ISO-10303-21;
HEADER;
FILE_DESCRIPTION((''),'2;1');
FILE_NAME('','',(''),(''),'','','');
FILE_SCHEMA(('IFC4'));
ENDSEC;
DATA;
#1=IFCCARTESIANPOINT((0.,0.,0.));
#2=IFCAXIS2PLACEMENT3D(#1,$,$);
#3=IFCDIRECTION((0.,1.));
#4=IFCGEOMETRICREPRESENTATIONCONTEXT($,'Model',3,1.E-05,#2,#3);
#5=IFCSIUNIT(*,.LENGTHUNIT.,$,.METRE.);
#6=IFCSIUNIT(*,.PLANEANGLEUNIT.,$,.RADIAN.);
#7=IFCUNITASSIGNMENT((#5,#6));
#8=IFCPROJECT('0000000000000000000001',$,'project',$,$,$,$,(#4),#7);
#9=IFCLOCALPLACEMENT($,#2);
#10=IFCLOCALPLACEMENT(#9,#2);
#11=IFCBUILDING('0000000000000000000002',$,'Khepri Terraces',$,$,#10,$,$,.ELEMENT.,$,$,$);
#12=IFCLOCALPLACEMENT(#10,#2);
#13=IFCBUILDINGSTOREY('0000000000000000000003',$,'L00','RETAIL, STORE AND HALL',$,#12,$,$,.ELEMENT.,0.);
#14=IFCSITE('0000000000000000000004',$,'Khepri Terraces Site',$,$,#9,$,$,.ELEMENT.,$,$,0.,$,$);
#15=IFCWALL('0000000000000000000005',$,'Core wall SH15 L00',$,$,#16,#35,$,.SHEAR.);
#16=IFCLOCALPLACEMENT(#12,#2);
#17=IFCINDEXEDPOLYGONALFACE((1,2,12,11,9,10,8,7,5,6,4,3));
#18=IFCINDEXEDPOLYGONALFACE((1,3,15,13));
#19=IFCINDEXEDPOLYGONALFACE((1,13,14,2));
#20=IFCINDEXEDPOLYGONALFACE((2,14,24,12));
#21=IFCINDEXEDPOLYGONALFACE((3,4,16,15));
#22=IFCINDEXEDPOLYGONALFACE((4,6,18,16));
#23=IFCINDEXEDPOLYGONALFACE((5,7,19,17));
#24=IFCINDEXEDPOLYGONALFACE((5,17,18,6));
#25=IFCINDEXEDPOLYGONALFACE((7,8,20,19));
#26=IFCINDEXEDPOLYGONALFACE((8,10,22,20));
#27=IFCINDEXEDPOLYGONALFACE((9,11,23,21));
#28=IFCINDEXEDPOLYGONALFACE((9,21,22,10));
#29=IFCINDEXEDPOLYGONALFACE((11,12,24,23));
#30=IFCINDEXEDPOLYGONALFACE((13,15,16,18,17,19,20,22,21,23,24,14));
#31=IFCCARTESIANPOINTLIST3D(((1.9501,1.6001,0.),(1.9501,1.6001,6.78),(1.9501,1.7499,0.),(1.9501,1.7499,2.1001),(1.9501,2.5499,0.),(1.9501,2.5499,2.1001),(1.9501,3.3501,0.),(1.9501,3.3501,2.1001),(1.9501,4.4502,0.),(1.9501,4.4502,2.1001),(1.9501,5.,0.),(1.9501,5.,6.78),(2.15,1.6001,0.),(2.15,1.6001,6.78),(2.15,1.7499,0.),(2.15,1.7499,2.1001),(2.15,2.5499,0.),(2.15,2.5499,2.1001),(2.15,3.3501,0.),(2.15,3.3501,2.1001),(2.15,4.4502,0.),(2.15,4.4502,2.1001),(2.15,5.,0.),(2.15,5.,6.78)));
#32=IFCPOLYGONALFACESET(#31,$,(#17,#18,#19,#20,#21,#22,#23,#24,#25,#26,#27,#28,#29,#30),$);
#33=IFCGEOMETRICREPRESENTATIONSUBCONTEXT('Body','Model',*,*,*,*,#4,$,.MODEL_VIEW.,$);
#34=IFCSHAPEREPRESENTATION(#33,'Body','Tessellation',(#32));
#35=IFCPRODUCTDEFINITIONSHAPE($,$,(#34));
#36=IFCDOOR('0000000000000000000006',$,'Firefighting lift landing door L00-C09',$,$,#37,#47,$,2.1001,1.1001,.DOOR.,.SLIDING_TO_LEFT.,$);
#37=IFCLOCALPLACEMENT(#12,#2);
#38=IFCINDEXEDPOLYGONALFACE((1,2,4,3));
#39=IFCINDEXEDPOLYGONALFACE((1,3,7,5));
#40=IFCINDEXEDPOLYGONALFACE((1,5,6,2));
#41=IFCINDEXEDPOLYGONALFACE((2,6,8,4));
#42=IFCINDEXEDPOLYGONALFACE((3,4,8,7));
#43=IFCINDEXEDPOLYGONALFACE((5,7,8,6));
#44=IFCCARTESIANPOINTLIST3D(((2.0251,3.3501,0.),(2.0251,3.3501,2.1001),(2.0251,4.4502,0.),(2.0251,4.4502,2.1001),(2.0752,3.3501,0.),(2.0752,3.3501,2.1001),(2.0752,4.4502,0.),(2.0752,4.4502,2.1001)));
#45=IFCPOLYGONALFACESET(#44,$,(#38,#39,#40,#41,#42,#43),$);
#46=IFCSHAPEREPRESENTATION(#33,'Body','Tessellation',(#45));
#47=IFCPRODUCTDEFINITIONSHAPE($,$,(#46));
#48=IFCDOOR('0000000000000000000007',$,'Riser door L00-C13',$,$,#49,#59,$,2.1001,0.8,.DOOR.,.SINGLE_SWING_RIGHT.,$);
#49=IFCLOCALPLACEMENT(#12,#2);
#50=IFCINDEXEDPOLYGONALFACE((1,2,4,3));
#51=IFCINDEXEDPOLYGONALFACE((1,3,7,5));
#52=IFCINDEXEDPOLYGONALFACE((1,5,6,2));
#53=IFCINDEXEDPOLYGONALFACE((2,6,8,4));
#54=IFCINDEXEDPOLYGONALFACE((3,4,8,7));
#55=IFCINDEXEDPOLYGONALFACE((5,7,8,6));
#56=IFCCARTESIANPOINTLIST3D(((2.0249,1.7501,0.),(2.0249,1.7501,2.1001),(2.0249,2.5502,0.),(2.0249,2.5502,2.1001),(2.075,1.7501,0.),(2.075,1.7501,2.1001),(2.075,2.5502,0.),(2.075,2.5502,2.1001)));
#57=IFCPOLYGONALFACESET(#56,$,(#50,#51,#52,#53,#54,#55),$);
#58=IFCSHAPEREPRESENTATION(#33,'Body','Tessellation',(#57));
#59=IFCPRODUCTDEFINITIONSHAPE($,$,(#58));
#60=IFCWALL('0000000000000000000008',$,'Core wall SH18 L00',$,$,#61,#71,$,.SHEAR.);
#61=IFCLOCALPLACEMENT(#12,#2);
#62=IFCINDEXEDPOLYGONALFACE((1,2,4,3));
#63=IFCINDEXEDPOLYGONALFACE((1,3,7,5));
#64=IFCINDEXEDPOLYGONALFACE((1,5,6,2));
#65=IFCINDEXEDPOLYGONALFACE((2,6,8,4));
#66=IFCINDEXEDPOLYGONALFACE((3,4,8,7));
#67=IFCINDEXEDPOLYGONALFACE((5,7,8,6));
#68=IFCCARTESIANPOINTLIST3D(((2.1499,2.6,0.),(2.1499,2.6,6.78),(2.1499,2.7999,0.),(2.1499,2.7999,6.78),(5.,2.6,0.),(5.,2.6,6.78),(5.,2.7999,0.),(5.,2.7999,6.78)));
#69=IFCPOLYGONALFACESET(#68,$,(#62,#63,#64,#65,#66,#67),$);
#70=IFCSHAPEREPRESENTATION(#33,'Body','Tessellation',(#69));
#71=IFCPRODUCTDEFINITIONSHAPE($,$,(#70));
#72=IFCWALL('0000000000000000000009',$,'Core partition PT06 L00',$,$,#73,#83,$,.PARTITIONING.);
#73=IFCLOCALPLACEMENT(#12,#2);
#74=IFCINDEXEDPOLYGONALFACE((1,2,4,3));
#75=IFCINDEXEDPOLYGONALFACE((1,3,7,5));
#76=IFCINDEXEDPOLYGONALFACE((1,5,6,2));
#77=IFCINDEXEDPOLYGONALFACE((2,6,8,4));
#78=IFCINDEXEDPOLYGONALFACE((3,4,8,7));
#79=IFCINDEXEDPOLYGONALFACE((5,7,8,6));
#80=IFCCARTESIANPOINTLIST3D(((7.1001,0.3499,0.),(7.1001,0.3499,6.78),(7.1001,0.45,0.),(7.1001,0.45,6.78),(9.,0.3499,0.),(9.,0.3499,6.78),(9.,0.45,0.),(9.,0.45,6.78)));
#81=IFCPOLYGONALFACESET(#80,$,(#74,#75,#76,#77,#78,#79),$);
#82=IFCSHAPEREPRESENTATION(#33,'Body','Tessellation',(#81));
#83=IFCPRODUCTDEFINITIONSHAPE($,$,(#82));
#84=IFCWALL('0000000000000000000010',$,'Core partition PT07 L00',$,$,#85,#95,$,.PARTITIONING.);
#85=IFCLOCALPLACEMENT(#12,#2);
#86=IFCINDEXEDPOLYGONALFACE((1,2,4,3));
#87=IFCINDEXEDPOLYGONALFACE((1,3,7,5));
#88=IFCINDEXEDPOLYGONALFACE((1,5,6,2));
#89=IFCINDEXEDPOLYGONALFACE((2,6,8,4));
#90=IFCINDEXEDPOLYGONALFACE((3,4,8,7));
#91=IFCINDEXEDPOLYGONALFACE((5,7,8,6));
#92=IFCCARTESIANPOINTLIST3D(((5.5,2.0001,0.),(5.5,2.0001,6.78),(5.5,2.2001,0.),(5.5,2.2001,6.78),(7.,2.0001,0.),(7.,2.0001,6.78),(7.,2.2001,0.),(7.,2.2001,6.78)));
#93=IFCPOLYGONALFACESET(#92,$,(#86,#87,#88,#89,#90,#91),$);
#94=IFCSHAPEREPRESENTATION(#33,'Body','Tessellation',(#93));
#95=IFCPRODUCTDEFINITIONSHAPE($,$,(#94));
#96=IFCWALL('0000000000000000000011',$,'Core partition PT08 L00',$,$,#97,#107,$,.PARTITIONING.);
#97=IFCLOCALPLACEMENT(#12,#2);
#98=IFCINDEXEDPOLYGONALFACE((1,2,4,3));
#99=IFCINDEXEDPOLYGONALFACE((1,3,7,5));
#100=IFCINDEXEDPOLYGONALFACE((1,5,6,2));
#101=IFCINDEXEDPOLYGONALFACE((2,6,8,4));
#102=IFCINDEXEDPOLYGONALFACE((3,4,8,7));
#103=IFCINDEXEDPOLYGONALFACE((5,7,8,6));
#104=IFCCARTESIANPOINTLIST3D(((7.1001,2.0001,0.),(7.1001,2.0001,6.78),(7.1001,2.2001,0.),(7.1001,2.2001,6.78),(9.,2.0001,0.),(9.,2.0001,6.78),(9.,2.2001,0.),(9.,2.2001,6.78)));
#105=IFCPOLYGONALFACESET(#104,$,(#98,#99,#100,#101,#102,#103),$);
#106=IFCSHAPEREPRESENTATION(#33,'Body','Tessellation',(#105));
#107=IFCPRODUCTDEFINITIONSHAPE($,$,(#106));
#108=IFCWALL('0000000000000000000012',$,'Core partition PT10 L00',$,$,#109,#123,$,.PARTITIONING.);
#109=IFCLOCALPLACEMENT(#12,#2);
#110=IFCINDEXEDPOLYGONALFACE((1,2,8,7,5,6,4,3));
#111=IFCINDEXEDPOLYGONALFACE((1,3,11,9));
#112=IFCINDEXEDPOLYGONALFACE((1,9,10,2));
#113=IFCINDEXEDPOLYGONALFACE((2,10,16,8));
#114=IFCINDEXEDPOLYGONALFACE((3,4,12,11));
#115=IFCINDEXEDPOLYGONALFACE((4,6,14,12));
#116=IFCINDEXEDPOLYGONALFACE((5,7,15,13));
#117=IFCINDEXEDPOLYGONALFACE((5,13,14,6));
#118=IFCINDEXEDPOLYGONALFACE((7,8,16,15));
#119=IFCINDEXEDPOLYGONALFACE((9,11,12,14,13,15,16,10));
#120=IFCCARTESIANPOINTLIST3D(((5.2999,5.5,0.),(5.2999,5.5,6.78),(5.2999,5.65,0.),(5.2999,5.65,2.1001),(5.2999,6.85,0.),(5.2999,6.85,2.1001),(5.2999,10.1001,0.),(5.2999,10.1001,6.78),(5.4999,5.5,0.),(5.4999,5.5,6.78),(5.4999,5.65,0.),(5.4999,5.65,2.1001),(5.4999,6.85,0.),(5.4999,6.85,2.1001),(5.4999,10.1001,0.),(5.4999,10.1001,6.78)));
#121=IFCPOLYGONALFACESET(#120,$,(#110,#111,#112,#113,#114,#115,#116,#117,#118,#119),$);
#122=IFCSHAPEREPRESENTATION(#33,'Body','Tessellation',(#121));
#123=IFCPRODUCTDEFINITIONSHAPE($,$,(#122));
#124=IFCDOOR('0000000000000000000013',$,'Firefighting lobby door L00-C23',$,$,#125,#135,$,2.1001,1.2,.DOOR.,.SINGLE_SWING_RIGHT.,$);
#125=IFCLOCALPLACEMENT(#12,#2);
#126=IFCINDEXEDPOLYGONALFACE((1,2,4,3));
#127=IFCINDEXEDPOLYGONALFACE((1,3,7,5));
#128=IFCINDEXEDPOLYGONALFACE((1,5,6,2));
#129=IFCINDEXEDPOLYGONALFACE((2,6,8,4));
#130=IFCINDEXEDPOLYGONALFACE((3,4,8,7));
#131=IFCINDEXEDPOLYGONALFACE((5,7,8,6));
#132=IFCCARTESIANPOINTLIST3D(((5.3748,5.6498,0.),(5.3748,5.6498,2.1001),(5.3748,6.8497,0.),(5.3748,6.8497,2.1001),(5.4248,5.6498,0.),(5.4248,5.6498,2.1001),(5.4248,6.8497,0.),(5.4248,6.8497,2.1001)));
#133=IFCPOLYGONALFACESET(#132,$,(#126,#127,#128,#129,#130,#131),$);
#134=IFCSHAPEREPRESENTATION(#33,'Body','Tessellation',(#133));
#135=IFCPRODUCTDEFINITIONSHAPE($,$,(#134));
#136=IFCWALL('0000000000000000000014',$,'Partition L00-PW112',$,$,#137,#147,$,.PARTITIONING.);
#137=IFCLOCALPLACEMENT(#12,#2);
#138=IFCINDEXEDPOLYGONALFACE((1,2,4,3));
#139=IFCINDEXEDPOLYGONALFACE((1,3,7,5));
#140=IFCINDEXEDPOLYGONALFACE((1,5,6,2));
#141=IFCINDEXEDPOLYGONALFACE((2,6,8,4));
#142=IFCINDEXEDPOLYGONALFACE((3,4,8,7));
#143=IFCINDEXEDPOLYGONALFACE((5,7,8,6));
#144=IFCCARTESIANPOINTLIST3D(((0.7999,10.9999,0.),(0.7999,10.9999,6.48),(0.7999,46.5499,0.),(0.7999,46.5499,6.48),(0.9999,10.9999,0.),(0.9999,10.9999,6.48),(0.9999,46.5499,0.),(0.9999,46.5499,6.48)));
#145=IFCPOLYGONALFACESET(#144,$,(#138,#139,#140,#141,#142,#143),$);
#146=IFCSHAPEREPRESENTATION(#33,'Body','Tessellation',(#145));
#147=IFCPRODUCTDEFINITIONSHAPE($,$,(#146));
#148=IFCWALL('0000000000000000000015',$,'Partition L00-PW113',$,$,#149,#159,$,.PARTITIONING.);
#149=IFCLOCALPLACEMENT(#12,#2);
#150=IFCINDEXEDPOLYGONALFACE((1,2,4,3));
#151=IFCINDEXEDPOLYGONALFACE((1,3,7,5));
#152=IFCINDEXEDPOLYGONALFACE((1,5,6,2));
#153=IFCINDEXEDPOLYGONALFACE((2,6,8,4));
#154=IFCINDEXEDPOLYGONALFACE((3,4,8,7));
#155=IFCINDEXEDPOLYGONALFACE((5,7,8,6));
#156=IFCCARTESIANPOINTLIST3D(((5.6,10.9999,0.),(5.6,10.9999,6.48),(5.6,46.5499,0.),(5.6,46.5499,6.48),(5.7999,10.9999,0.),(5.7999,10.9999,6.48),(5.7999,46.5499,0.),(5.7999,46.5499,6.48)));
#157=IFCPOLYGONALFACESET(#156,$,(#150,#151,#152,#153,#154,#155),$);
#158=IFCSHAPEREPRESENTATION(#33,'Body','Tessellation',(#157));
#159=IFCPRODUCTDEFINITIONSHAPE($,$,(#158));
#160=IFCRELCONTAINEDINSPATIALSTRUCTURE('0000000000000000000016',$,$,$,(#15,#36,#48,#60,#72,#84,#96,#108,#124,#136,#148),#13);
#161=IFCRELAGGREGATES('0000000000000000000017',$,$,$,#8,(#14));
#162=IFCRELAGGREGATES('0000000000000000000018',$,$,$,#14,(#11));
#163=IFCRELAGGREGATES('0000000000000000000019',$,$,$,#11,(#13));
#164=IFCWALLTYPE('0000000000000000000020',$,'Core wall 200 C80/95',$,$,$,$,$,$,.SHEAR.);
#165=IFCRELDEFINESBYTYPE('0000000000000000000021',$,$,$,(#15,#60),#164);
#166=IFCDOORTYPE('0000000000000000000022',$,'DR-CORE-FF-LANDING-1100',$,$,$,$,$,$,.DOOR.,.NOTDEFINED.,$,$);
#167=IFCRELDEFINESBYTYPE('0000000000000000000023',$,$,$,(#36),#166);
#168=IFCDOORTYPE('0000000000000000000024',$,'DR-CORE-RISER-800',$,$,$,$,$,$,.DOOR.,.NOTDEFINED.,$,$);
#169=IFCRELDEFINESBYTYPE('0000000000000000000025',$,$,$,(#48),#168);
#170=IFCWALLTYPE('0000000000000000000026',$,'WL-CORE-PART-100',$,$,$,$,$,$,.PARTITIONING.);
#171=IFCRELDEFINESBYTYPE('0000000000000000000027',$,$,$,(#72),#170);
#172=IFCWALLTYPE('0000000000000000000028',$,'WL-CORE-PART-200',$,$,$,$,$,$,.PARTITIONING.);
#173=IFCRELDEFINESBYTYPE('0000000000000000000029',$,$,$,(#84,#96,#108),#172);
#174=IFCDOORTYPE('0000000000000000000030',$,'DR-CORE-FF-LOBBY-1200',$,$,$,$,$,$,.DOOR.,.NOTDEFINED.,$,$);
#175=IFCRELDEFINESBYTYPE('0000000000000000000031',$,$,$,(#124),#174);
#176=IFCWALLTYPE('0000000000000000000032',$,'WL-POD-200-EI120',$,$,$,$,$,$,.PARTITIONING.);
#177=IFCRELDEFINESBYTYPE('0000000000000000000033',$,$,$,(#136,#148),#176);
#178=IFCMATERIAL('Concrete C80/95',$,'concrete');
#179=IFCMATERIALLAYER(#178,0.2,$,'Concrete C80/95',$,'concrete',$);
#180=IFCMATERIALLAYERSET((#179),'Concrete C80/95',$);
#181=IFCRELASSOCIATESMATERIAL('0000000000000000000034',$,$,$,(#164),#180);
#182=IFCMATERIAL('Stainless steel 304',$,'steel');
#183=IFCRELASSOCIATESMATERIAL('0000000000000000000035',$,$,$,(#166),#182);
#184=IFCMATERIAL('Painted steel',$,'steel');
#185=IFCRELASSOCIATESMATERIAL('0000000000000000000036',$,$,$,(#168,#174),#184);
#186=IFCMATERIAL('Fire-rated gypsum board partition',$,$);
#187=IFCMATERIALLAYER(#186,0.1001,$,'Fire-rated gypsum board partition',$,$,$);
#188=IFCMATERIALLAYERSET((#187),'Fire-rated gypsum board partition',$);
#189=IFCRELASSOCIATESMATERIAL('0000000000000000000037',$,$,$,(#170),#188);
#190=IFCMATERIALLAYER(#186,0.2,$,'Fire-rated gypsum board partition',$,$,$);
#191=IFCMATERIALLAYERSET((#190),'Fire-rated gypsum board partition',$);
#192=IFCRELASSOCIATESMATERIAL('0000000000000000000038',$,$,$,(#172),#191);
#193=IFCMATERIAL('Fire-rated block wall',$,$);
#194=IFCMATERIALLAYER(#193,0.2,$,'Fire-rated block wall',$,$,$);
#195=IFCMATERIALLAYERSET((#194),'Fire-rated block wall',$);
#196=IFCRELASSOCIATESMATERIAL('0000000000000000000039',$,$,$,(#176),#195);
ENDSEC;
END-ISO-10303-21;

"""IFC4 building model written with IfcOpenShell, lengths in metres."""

from ifc_helpers import new_model, si_unit, direction, frame, frame_2d, origin, place, context, subcontext, project, spatial, rectangle, extrude, material, layer, layer_set, type_object, element, fill, save


model = new_model("IFC4")

# Units and contexts
model_context = context("Model", 3, precision=1e-05, world=origin(), true_north=direction((0.0, 1.0)))
body_context = subcontext(model_context, "Body", "Model", "MODEL_VIEW")
ifc_project = project(units=[si_unit("LENGTHUNIT", "METRE"), si_unit("PLANEANGLEUNIT", "RADIAN")], contexts=[model_context])

# Site, building, storey
site_placement = place(None, origin())
site = spatial("IfcSite", under=ifc_project, at=site_placement, Name="Khepri Terraces Site", CompositionType="ELEMENT", RefElevation=0.0)
building_placement = place(site_placement, origin())
building = spatial("IfcBuilding", under=site, at=building_placement, Name="Khepri Terraces", CompositionType="ELEMENT")
storey_placement = place(building_placement, origin())
storey = spatial("IfcBuildingStorey", under=building, at=storey_placement, Name="L00", Description="RETAIL, STORE AND HALL", CompositionType="ELEMENT", Elevation=0.0)

# Shared definitions
ifc_material_1 = material(Name="Concrete C80/95", Category="concrete")

# Shared definitions
ifc_layer_1 = layer(ifc_material_1, 0.2, Name="Concrete C80/95", Category="concrete")
ifc_layer_set_1 = layer_set([ifc_layer_1], Name="Concrete C80/95")
wall_type_1 = type_object("IfcWallType", Name="Core wall 200 C80/95", PredefinedType="SHEAR", material=ifc_layer_set_1)

# Shared definitions
ifc_material_2 = material(Name="Painted steel", Category="steel")

# Wall, openings, doors
wall_1_placement = place(storey_placement, frame((2.05, 1.6001, 0.0), z_axis=(0.0, 0.0, 1.0), x_axis=(0.0, 1.0, 0.0)))
wall_1 = element("IfcWall", 1, at=wall_1_placement, inside=storey, type_object=wall_type_1, Name="Core wall SH15 L00", PredefinedType="SHEAR", context=body_context, shape_type="SweptSolid", body=[
    extrude(rectangle(XDim=3.3999, YDim=0.2, at=frame_2d((1.7, 0.0))), origin(), (0.0, 0.0, 1.0), 6.78),
])
opening_1_placement = place(wall_1_placement, frame((1.75, 0.0, 0.0)))
opening_1 = element("IfcOpeningElement", 2, at=opening_1_placement, cuts=wall_1, PredefinedType="OPENING", context=body_context, shape_type="SweptSolid", body=[
    extrude(rectangle(XDim=1.1001, YDim=2.1001, at=frame_2d((0.55, 1.05))), frame((0.0, 0.1099, 0.0), z_axis=(0.0, -1.0, 0.0), x_axis=(1.0, 0.0, 0.0)), (0.0, 0.0, 1.0), 0.22),
])
opening_2_placement = place(wall_1_placement, frame((0.1499, 0.0, 0.0)))
opening_2 = element("IfcOpeningElement", 3, at=opening_2_placement, cuts=wall_1, PredefinedType="OPENING", context=body_context, shape_type="SweptSolid", body=[
    extrude(rectangle(XDim=0.8, YDim=2.1001, at=frame_2d((0.3999, 1.05))), frame((0.0, 0.1099, 0.0), z_axis=(0.0, -1.0, 0.0), x_axis=(1.0, 0.0, 0.0)), (0.0, 0.0, 1.0), 0.22),
])
ifc_material_3 = material(Name="Stainless steel 304", Category="steel")
door_type_1 = type_object("IfcDoorType", Name="DR-CORE-FF-LANDING-1100", OperationType="NOTDEFINED", PredefinedType="DOOR", material=ifc_material_3)
door_1_placement = place(opening_1_placement, origin())
door_1 = element("IfcDoor", 4, at=door_1_placement, inside=storey, type_object=door_type_1, Name="Firefighting lift landing door L00-C09", OperationType="SLIDING_TO_LEFT", OverallHeight=2.1001, OverallWidth=1.1001, PredefinedType="DOOR", context=body_context, shape_type="SweptSolid", body=[
    extrude(rectangle(XDim=1.1001, YDim=2.1001, at=frame_2d((0.55, 1.05))), frame((0.0, 0.0249, 0.0), z_axis=(0.0, -1.0, 0.0), x_axis=(1.0, 0.0, 0.0)), (0.0, 0.0, 1.0), 0.05),
])
fill(opening_1, door_1)
door_type_2 = type_object("IfcDoorType", Name="DR-CORE-RISER-800", OperationType="NOTDEFINED", PredefinedType="DOOR", material=ifc_material_2)
door_2_placement = place(opening_2_placement, frame((0.8, 0.0, 0.0), z_axis=(0.0, 0.0, 1.0), x_axis=(-1.0, 0.0, 0.0)))
door_2 = element("IfcDoor", 5, at=door_2_placement, inside=storey, type_object=door_type_2, Name="Riser door L00-C13", OperationType="SINGLE_SWING_RIGHT", OverallHeight=2.1001, OverallWidth=0.8, PredefinedType="DOOR", context=body_context, shape_type="SweptSolid", body=[
    extrude(rectangle(XDim=0.8, YDim=2.1001, at=frame_2d((0.3999, 1.05))), frame((0.0, 0.0249, 0.0), z_axis=(0.0, -1.0, 0.0), x_axis=(1.0, 0.0, 0.0)), (0.0, 0.0, 1.0), 0.05),
])
fill(opening_2, door_2)

# Walls
wall_2_placement = place(storey_placement, frame((2.1499, 2.7, 0.0), z_axis=(0.0, 0.0, 1.0), x_axis=(1.0, 0.0, 0.0)))
element("IfcWall", 6, at=wall_2_placement, inside=storey, type_object=wall_type_1, Name="Core wall SH18 L00", PredefinedType="SHEAR", context=body_context, shape_type="SweptSolid", body=[
    extrude(rectangle(XDim=2.8501, YDim=0.2, at=frame_2d((1.425, 0.0))), origin(), (0.0, 0.0, 1.0), 6.78),
])
ifc_material_4 = material(Name="Fire-rated gypsum board partition")
ifc_layer_2 = layer(ifc_material_4, 0.1001, Name="Fire-rated gypsum board partition")
ifc_layer_set_2 = layer_set([ifc_layer_2], Name="Fire-rated gypsum board partition")
wall_type_2 = type_object("IfcWallType", Name="WL-CORE-PART-100", PredefinedType="PARTITIONING", material=ifc_layer_set_2)
wall_3_placement = place(storey_placement, frame((7.1001, 0.3999, 0.0), z_axis=(0.0, 0.0, 1.0), x_axis=(1.0, 0.0, 0.0)))
element("IfcWall", 7, at=wall_3_placement, inside=storey, type_object=wall_type_2, Name="Core partition PT06 L00", PredefinedType="PARTITIONING", context=body_context, shape_type="SweptSolid", body=[
    extrude(rectangle(XDim=1.8999, YDim=0.1001, at=frame_2d((0.95, 0.0))), origin(), (0.0, 0.0, 1.0), 6.78),
])
ifc_layer_3 = layer(ifc_material_4, 0.2, Name="Fire-rated gypsum board partition")
ifc_layer_set_3 = layer_set([ifc_layer_3], Name="Fire-rated gypsum board partition")
wall_type_3 = type_object("IfcWallType", Name="WL-CORE-PART-200", PredefinedType="PARTITIONING", material=ifc_layer_set_3)
wall_4_placement = place(storey_placement, frame((5.5, 2.1001, 0.0), z_axis=(0.0, 0.0, 1.0), x_axis=(1.0, 0.0, 0.0)))
element("IfcWall", 8, at=wall_4_placement, inside=storey, type_object=wall_type_3, Name="Core partition PT07 L00", PredefinedType="PARTITIONING", context=body_context, shape_type="SweptSolid", body=[
    extrude(rectangle(XDim=1.5, YDim=0.2, at=frame_2d((0.75, 0.0))), origin(), (0.0, 0.0, 1.0), 6.78),
])
wall_5_placement = place(storey_placement, frame((7.1001, 2.1001, 0.0), z_axis=(0.0, 0.0, 1.0), x_axis=(1.0, 0.0, 0.0)))
element("IfcWall", 9, at=wall_5_placement, inside=storey, type_object=wall_type_3, Name="Core partition PT08 L00", PredefinedType="PARTITIONING", context=body_context, shape_type="SweptSolid", body=[
    extrude(rectangle(XDim=1.8999, YDim=0.2, at=frame_2d((0.95, 0.0))), origin(), (0.0, 0.0, 1.0), 6.78),
])

# Wall, opening, door
wall_6_placement = place(storey_placement, frame((5.3999, 5.5, 0.0), z_axis=(0.0, 0.0, 1.0), x_axis=(0.0, 1.0, 0.0)))
wall_6 = element("IfcWall", 10, at=wall_6_placement, inside=storey, type_object=wall_type_3, Name="Core partition PT10 L00", PredefinedType="PARTITIONING", context=body_context, shape_type="SweptSolid", body=[
    extrude(rectangle(XDim=4.6001, YDim=0.2, at=frame_2d((2.3, 0.0))), origin(), (0.0, 0.0, 1.0), 6.78),
])
opening_3_placement = place(wall_6_placement, frame((0.1499, 0.0, 0.0)))
opening_3 = element("IfcOpeningElement", 11, at=opening_3_placement, cuts=wall_6, PredefinedType="OPENING", context=body_context, shape_type="SweptSolid", body=[
    extrude(rectangle(XDim=1.2, YDim=2.1001, at=frame_2d((0.6001, 1.05))), frame((0.0, 0.1099, 0.0), z_axis=(0.0, -1.0, 0.0), x_axis=(1.0, 0.0, 0.0)), (0.0, 0.0, 1.0), 0.22),
])
door_type_3 = type_object("IfcDoorType", Name="DR-CORE-FF-LOBBY-1200", OperationType="NOTDEFINED", PredefinedType="DOOR", material=ifc_material_2)
door_3_placement = place(opening_3_placement, frame((1.2, 0.0, 0.0), z_axis=(0.0, 0.0, 1.0), x_axis=(-1.0, 0.0, 0.0)))
door_3 = element("IfcDoor", 12, at=door_3_placement, inside=storey, type_object=door_type_3, Name="Firefighting lobby door L00-C23", OperationType="SINGLE_SWING_RIGHT", OverallHeight=2.1001, OverallWidth=1.2, PredefinedType="DOOR", context=body_context, shape_type="SweptSolid", body=[
    extrude(rectangle(XDim=1.2, YDim=2.1001, at=frame_2d((0.6001, 1.05))), frame((0.0, 0.0249, 0.0), z_axis=(0.0, -1.0, 0.0), x_axis=(1.0, 0.0, 0.0)), (0.0, 0.0, 1.0), 0.05),
])
fill(opening_3, door_3)

# Walls
ifc_material_5 = material(Name="Fire-rated block wall")
ifc_layer_4 = layer(ifc_material_5, 0.2, Name="Fire-rated block wall")
ifc_layer_set_4 = layer_set([ifc_layer_4], Name="Fire-rated block wall")
wall_type_4 = type_object("IfcWallType", Name="WL-POD-200-EI120", PredefinedType="PARTITIONING", material=ifc_layer_set_4)
for number, where, z_axis, x_axis, name in (
    (13, (0.8999, 11.0, 0.0), (0.0, 0.0, 1.0), (0.0, 1.0, 0.0), "Partition L00-PW112"),
    (14, (5.7, 11.0, 0.0), (0.0, 0.0, 1.0), (0.0, 1.0, 0.0), "Partition L00-PW113"),
):
    element("IfcWall", number, at=place(storey_placement, frame(where, z_axis=z_axis, x_axis=x_axis)), inside=storey, type_object=wall_type_4, Name=name, PredefinedType="PARTITIONING", context=body_context, shape_type="SweptSolid", body=[
        extrude(rectangle(XDim=35.55, YDim=0.2, at=frame_2d((17.7749, 0.0))), origin(), (0.0, 0.0, 1.0), 6.48),
    ])

save(model, "model.ifc")
